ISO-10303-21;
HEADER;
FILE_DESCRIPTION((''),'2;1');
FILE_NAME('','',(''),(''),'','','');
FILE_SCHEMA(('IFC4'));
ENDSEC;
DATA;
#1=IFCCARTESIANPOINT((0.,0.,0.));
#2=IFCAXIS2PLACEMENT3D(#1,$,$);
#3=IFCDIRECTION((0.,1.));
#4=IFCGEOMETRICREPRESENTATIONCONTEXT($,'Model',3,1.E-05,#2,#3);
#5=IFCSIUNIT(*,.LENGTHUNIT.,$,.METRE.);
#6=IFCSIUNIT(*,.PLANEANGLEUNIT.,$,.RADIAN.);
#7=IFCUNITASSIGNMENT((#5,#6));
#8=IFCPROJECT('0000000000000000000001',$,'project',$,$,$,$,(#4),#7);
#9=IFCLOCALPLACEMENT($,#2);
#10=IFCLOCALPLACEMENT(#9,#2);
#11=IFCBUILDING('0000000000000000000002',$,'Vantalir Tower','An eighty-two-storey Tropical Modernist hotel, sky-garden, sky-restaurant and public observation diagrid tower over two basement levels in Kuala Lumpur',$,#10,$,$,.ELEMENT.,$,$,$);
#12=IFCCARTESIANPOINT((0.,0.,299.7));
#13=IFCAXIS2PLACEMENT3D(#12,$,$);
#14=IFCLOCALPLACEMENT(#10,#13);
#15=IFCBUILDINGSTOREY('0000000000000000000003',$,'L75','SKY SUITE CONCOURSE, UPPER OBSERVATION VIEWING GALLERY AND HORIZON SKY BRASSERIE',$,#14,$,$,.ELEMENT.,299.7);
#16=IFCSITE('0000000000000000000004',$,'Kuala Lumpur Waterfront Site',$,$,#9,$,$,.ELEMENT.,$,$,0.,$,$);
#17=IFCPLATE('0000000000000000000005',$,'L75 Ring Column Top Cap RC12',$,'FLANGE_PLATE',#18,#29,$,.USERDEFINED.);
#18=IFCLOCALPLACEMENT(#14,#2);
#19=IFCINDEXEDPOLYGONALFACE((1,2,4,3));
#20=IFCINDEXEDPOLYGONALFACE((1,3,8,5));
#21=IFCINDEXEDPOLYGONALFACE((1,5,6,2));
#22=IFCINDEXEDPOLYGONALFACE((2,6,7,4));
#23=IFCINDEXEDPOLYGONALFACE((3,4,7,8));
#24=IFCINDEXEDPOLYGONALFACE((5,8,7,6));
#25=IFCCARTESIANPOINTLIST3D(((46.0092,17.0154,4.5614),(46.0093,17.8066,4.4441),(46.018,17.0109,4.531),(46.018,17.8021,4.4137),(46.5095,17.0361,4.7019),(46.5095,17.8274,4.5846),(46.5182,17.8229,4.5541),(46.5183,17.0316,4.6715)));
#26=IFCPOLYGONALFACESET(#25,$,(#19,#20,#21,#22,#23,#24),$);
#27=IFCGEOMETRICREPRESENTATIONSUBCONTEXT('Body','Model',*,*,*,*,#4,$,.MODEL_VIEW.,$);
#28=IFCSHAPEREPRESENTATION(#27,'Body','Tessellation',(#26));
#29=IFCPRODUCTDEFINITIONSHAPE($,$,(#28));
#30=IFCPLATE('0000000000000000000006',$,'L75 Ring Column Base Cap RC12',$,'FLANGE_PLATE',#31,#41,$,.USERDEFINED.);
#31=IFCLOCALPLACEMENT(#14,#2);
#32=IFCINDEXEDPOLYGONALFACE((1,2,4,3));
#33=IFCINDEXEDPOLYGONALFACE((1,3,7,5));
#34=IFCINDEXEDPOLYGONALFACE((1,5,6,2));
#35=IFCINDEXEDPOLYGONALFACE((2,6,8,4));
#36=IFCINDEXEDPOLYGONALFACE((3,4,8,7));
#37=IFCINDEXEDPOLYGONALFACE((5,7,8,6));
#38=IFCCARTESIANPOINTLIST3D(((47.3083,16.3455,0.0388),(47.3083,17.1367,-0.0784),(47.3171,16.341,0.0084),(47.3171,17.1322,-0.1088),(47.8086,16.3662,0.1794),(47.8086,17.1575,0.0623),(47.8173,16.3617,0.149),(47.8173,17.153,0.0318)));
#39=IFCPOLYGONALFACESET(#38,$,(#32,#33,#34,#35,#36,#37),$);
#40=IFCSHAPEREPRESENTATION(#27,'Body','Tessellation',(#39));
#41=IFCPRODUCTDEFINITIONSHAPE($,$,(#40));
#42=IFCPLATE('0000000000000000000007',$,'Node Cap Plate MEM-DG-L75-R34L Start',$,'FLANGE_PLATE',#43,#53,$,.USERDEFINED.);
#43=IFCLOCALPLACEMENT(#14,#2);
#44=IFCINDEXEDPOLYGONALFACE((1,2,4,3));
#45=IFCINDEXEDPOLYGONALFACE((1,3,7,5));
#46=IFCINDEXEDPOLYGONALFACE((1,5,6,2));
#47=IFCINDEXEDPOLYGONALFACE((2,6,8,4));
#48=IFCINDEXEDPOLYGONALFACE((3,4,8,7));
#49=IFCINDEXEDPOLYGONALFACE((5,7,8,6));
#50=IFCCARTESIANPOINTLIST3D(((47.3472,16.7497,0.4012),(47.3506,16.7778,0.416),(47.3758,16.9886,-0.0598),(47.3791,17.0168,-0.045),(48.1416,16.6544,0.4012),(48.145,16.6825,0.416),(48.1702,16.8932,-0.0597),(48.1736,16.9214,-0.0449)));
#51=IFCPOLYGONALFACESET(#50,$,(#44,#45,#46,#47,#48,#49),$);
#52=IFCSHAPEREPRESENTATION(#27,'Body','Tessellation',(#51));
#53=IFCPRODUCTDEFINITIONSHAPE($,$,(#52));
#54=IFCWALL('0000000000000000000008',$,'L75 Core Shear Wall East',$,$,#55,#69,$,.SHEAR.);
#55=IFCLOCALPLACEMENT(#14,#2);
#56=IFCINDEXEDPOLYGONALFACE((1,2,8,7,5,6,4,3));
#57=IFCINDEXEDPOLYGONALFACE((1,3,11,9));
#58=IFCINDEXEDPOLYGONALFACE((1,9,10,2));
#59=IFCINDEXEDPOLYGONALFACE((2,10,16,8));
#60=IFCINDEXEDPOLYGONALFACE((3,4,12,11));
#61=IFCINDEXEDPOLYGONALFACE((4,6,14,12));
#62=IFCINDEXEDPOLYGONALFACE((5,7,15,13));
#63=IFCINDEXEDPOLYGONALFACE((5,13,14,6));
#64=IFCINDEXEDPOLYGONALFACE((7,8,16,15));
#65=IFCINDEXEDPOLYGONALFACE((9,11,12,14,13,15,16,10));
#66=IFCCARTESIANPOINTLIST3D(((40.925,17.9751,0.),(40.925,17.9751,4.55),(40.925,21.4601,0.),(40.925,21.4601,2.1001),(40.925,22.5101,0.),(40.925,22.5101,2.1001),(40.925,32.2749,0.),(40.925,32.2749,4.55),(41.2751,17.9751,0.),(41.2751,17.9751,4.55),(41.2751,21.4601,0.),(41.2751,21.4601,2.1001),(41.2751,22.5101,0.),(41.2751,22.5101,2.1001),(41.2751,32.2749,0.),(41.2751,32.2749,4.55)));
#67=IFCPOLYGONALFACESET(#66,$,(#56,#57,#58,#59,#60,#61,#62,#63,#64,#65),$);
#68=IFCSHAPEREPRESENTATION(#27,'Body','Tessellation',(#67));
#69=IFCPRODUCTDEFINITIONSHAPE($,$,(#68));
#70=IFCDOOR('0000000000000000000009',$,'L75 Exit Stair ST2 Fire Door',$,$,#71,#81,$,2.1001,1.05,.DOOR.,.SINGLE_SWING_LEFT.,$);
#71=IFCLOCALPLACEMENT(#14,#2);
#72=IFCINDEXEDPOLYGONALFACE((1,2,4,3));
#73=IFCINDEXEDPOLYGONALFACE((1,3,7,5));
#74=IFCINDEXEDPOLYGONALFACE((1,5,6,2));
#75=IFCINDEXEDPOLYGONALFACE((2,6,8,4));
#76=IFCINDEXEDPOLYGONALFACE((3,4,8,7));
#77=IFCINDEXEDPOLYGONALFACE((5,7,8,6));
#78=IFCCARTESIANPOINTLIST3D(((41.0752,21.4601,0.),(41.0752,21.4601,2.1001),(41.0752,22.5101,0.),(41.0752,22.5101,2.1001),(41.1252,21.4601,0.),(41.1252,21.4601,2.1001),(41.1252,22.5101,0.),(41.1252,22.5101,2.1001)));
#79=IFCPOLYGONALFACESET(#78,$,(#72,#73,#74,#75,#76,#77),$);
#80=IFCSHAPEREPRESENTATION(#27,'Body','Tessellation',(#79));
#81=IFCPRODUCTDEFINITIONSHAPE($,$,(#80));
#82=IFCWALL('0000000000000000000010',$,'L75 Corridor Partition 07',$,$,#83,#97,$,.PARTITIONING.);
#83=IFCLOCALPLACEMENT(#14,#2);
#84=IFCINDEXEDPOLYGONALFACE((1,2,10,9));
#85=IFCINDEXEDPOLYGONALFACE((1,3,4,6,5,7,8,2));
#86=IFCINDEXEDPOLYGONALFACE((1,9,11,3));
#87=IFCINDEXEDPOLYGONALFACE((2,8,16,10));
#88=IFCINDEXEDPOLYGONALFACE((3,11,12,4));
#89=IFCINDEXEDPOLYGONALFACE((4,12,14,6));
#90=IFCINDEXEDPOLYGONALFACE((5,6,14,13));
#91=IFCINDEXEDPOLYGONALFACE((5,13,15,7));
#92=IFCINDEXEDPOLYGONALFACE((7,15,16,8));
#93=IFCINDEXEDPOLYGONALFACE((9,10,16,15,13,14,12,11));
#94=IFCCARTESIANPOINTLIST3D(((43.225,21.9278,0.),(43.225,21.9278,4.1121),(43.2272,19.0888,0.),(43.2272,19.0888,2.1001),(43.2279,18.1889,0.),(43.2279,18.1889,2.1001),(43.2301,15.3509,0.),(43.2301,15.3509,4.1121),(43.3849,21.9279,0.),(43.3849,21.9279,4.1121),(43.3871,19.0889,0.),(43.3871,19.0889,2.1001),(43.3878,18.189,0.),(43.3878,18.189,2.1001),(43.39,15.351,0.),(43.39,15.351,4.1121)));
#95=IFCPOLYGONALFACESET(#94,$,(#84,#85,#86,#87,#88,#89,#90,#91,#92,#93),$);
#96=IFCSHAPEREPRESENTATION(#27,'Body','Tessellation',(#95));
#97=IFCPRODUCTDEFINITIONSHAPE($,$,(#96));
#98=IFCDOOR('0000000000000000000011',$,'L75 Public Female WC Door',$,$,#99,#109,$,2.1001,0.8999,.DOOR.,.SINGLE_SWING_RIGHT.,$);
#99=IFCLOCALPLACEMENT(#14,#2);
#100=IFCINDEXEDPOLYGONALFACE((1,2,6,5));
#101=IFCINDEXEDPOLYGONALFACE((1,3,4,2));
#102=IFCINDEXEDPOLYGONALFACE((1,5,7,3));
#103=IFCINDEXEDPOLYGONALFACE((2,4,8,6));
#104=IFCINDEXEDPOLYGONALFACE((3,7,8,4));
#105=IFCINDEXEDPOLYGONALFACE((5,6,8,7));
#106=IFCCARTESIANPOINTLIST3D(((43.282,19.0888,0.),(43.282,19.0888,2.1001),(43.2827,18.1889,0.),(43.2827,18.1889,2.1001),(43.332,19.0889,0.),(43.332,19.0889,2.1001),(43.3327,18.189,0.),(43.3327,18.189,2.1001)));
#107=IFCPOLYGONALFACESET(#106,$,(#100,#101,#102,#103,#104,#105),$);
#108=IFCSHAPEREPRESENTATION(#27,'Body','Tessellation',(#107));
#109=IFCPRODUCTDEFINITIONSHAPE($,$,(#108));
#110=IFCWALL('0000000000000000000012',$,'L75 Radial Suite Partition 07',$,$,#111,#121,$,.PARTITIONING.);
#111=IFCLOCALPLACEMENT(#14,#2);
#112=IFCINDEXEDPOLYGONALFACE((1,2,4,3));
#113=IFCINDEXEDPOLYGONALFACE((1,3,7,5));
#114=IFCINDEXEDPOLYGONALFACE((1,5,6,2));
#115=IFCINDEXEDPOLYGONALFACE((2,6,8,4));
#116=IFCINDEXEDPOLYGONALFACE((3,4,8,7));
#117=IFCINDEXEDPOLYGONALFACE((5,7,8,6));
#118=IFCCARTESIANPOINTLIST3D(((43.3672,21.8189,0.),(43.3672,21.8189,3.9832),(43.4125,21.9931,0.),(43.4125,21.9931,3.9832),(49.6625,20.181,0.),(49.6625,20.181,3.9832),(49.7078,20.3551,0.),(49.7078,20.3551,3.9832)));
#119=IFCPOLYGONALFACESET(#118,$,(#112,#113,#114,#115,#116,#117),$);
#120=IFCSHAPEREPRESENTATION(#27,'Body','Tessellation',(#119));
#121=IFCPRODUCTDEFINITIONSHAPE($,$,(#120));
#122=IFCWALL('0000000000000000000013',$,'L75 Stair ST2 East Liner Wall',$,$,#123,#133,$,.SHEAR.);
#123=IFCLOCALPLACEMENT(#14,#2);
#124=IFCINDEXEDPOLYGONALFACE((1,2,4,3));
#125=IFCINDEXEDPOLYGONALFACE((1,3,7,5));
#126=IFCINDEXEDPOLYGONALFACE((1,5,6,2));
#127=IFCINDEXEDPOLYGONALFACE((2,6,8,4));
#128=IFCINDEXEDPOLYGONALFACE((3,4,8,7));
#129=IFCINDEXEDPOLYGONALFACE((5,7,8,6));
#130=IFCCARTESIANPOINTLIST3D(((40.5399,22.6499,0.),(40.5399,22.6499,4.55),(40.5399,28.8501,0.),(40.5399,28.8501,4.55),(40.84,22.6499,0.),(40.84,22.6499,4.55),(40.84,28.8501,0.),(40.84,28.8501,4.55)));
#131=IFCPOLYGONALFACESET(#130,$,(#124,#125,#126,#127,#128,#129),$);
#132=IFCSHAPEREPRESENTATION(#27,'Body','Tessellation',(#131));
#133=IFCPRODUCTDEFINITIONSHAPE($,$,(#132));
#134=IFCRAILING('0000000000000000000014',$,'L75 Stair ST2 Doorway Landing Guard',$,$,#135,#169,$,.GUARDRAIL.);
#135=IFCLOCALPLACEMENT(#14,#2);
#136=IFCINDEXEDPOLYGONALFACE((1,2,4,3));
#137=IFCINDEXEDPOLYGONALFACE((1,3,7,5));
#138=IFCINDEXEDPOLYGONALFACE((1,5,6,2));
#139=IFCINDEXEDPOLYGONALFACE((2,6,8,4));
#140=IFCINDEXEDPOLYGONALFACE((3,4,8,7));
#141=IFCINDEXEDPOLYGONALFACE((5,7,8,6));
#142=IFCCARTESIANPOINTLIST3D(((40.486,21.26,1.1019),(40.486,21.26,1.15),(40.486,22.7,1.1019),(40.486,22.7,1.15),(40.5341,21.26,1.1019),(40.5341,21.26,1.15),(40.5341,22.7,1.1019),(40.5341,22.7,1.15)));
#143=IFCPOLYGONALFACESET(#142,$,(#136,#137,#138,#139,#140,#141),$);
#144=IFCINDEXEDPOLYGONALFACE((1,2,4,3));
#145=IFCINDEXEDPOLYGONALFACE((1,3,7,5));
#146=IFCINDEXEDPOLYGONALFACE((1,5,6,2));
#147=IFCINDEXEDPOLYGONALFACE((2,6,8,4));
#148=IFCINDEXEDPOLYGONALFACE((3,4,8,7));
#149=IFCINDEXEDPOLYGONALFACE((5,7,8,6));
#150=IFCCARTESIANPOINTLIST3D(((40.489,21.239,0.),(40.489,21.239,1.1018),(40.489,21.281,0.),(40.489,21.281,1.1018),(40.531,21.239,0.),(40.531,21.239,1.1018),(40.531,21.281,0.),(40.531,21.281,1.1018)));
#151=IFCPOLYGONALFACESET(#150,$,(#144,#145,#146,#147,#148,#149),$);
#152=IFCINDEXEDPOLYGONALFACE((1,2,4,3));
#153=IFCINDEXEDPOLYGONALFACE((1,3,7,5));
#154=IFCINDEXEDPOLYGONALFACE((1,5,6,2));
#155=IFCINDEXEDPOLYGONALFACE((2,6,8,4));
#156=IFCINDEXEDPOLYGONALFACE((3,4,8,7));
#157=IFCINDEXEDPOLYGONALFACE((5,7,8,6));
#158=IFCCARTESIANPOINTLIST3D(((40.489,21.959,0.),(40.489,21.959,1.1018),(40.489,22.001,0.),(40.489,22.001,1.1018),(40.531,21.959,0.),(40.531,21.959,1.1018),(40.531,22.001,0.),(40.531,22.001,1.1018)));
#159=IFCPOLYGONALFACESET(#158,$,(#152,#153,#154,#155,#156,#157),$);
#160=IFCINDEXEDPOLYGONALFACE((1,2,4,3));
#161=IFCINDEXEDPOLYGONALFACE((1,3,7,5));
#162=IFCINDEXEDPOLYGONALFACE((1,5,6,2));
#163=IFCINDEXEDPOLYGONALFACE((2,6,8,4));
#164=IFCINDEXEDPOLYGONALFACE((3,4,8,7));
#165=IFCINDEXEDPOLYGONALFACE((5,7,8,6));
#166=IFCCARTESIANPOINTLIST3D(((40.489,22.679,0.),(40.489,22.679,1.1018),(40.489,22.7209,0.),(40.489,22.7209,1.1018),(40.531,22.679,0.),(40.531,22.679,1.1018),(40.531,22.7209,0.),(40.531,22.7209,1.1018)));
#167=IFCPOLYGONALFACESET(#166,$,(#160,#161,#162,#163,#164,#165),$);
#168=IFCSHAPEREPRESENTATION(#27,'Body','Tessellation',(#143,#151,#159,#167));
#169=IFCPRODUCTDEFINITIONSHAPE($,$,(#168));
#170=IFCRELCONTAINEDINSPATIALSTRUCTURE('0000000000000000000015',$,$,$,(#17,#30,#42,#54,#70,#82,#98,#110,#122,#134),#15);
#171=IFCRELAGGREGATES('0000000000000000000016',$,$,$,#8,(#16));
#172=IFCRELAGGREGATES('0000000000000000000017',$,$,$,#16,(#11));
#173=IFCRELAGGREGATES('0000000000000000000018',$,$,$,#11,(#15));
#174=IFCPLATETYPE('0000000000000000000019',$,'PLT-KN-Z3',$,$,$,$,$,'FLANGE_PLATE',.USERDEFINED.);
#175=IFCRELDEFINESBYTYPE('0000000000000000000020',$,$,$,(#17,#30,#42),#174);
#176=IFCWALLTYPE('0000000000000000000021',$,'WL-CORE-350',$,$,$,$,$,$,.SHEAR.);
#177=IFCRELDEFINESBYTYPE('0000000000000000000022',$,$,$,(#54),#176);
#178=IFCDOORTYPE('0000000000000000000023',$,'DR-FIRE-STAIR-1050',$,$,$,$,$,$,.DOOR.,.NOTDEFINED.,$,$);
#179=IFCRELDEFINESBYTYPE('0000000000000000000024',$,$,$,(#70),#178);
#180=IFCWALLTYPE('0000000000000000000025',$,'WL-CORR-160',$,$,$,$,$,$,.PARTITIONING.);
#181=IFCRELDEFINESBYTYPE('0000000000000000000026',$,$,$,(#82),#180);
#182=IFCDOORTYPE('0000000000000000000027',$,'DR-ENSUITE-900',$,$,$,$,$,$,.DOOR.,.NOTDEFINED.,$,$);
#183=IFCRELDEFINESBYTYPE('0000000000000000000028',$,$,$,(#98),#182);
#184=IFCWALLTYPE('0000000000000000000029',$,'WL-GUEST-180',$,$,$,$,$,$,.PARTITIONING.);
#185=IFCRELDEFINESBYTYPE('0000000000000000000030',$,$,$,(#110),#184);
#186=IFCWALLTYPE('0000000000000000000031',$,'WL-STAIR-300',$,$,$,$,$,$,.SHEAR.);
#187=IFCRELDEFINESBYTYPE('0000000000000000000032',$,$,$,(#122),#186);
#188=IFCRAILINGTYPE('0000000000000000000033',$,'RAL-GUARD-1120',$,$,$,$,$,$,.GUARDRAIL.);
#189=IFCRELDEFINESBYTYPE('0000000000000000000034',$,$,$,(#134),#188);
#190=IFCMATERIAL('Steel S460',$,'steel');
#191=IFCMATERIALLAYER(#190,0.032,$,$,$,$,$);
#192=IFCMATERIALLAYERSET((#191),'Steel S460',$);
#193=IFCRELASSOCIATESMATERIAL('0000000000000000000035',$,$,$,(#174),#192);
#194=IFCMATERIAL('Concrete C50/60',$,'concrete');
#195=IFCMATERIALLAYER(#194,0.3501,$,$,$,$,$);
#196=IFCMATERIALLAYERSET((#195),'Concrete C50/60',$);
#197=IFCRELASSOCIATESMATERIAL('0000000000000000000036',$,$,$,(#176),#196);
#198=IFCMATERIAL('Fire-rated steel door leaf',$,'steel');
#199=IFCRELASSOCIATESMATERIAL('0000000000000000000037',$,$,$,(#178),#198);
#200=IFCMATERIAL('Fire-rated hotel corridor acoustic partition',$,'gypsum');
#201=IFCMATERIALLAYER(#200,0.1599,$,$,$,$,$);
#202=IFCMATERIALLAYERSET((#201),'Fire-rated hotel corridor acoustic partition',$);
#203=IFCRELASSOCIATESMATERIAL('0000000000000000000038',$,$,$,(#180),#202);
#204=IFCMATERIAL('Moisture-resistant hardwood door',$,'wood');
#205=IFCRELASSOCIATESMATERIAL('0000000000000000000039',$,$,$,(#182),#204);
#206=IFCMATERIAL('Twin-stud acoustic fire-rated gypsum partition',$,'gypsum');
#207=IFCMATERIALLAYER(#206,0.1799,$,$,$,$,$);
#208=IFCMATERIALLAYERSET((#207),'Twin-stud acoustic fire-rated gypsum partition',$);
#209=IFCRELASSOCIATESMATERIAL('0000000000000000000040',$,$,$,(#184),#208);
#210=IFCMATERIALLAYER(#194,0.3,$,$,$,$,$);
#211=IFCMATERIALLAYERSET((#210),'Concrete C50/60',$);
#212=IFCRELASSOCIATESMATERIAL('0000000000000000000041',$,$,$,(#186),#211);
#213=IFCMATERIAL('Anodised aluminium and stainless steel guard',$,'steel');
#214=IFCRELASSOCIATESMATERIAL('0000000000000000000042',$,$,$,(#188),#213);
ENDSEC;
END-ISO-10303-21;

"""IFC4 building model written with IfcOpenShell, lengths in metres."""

from ifc_helpers import new_model, si_unit, direction, frame, frame_2d, origin, origin_2d, place, context, subcontext, project, spatial, polyline, rectangle, outline, extrude, material, layer, layer_set, type_object, element, fill, save


model = new_model("IFC4")

# Units and contexts
model_context = context("Model", 3, precision=1e-05, world=origin(), true_north=direction((0.0, 1.0)))
body_context = subcontext(model_context, "Body", "Model", "MODEL_VIEW")
ifc_project = project(units=[si_unit("LENGTHUNIT", "METRE"), si_unit("PLANEANGLEUNIT", "RADIAN")], contexts=[model_context])

# Site, building, storey
site_placement = place(None, origin())
site = spatial("IfcSite", under=ifc_project, at=site_placement, Name="Kuala Lumpur Waterfront Site", CompositionType="ELEMENT", RefElevation=0.0)
building_placement = place(site_placement, origin())
building = spatial("IfcBuilding", under=site, at=building_placement, Name="Vantalir Tower", Description="An eighty-two-storey Tropical Modernist hotel, sky-garden, sky-restaurant and public observation diagrid tower over two basement levels in Kuala Lumpur", CompositionType="ELEMENT")
storey_placement = place(building_placement, frame((0.0, 0.0, 299.7)))
storey = spatial("IfcBuildingStorey", under=building, at=storey_placement, Name="L75", Description="SKY SUITE CONCOURSE, UPPER OBSERVATION VIEWING GALLERY AND HORIZON SKY BRASSERIE", CompositionType="ELEMENT", Elevation=299.7)

# Shared definitions
ifc_material_1 = material(Name="Concrete C50/60", Category="concrete")

# Shared definitions
ifc_material_2 = material(Name="Steel S460", Category="steel")

# Plates
ifc_layer_1 = layer(ifc_material_2, 0.032)
ifc_layer_set_1 = layer_set([ifc_layer_1], Name="Steel S460")
plate_type_1 = type_object("IfcPlateType", Name="PLT-KN-Z3", ElementType="FLANGE_PLATE", PredefinedType="USERDEFINED", material=ifc_layer_set_1)
plate_1_placement = place(storey_placement, frame((46.0093, 17.8066, 4.4441), z_axis=(-0.273121, 0.141078, 0.951579), x_axis=(-0.00004, -0.98919, 0.146643)))
element("IfcPlate", 1, at=plate_1_placement, inside=storey, type_object=plate_type_1, Name="L75 Ring Column Top Cap RC12", ObjectType="FLANGE_PLATE", PredefinedType="USERDEFINED", context=body_context, shape_type="SweptSolid", body=[
    extrude(outline(polyline([(0.0, 0.0), (0.7999, 0.0), (0.8, 0.52), (0.0, 0.52), (0.0, 0.0)])), origin(), (0.0, 0.0, -1.0), 0.032),
])
plate_2_placement = place(storey_placement, frame((47.3083, 17.1367, -0.0784), z_axis=(-0.273336, 0.140925, 0.95154), x_axis=(0.0, -0.98921, 0.146504)))
element("IfcPlate", 2, at=plate_2_placement, inside=storey, type_object=plate_type_1, Name="L75 Ring Column Base Cap RC12", ObjectType="FLANGE_PLATE", PredefinedType="USERDEFINED", context=body_context, shape_type="SweptSolid", body=[
    extrude(outline(polyline([(0.0, 0.0), (0.7999, 0.0), (0.8, 0.52), (0.0001, 0.52), (0.0, 0.0)])), origin(), (0.0, 0.0, -1.0), 0.032),
])
plate_3_placement = place(storey_placement, frame((48.1736, 16.9214, -0.0449), z_axis=(0.105628, 0.880187, 0.462723), x_axis=(-0.992872, 0.119183, -0.000062)))
element("IfcPlate", 3, at=plate_3_placement, inside=storey, type_object=plate_type_1, Name="Node Cap Plate MEM-DG-L75-R34L Start", ObjectType="FLANGE_PLATE", PredefinedType="USERDEFINED", context=body_context, shape_type="SweptSolid", body=[
    extrude(outline(polyline([(0.0, 0.0), (0.8001, 0.0), (0.8, 0.52), (-0.0001, 0.5199), (0.0, 0.0)])), origin(), (0.0, 0.0, -1.0), 0.032),
])

# Walls, openings, doors
ifc_layer_2 = layer(ifc_material_1, 0.3501)
ifc_layer_set_2 = layer_set([ifc_layer_2], Name="Concrete C50/60")
wall_type_1 = type_object("IfcWallType", Name="WL-CORE-350", PredefinedType="SHEAR", material=ifc_layer_set_2)
wall_1_placement = place(storey_placement, frame((41.1001, 17.9751, 0.0), z_axis=(0.0, 0.0, 1.0), x_axis=(0.0, 1.0, 0.0)))
wall_1 = element("IfcWall", 4, at=wall_1_placement, inside=storey, type_object=wall_type_1, Name="L75 Core Shear Wall East", PredefinedType="SHEAR", context=body_context, shape_type="SweptSolid", body=[
    extrude(rectangle(XDim=14.2998, YDim=0.3501, at=frame_2d((7.1499, 0.0))), origin(), (0.0, 0.0, 1.0), 4.55),
])
opening_1_placement = place(wall_1_placement, frame((3.4851, 0.0, 0.0)))
opening_1 = element("IfcOpeningElement", 5, at=opening_1_placement, cuts=wall_1, PredefinedType="OPENING", context=body_context, shape_type="SweptSolid", body=[
    extrude(rectangle(XDim=1.05, YDim=2.1001, at=frame_2d((0.5249, 1.05))), frame((0.0, 0.1851, 0.0), z_axis=(0.0, -1.0, 0.0), x_axis=(1.0, 0.0, 0.0)), (0.0, 0.0, 1.0), 0.3701),
])
ifc_material_3 = material(Name="Fire-rated steel door leaf", Category="steel")
door_type_1 = type_object("IfcDoorType", Name="DR-FIRE-STAIR-1050", OperationType="NOTDEFINED", PredefinedType="DOOR", material=ifc_material_3)
door_1_placement = place(opening_1_placement, origin())
door_1 = element("IfcDoor", 6, at=door_1_placement, inside=storey, type_object=door_type_1, Name="L75 Exit Stair ST2 Fire Door", OperationType="SINGLE_SWING_LEFT", OverallHeight=2.1001, OverallWidth=1.05, PredefinedType="DOOR", context=body_context, shape_type="SweptSolid", body=[
    extrude(rectangle(XDim=1.05, YDim=2.1001, at=frame_2d((0.5249, 1.05))), frame((0.0, 0.0249, 0.0), z_axis=(0.0, -1.0, 0.0), x_axis=(1.0, 0.0, 0.0)), (0.0, 0.0, 1.0), 0.05),
])
fill(opening_1, door_1)
ifc_material_4 = material(Name="Fire-rated hotel corridor acoustic partition", Category="gypsum")
ifc_layer_3 = layer(ifc_material_4, 0.1599)
ifc_layer_set_3 = layer_set([ifc_layer_3], Name="Fire-rated hotel corridor acoustic partition")
wall_type_2 = type_object("IfcWallType", Name="WL-CORR-160", PredefinedType="PARTITIONING", material=ifc_layer_set_3)
wall_2_placement = place(storey_placement, frame((43.3049, 21.928, 0.0), z_axis=(0.0, 0.0, 1.0), x_axis=(0.00078, -1.0, 0.0)))
wall_2 = element("IfcWall", 7, at=wall_2_placement, inside=storey, type_object=wall_type_2, Name="L75 Corridor Partition 07", PredefinedType="PARTITIONING", context=body_context, shape_type="SweptSolid", body=[
    extrude(rectangle(XDim=6.5769, YDim=0.1599, at=frame_2d((3.2886, 0.0))), origin(), (0.0, 0.0, 1.0), 4.1121),
])
opening_2_placement = place(wall_2_placement, frame((2.8391, 0.0, 0.0)))
opening_2 = element("IfcOpeningElement", 8, at=opening_2_placement, cuts=wall_2, PredefinedType="OPENING", context=body_context, shape_type="SweptSolid", body=[
    extrude(rectangle(XDim=0.8999, YDim=2.1001, at=frame_2d((0.45, 1.05))), frame((0.0, 0.0898, 0.0), z_axis=(0.0, -1.0, 0.0), x_axis=(1.0, 0.0, 0.0)), (0.0, 0.0, 1.0), 0.1799),
])
ifc_material_5 = material(Name="Moisture-resistant hardwood door", Category="wood")
door_type_2 = type_object("IfcDoorType", Name="DR-ENSUITE-900", OperationType="NOTDEFINED", PredefinedType="DOOR", material=ifc_material_5)
door_2_placement = place(opening_2_placement, origin())
door_2 = element("IfcDoor", 9, at=door_2_placement, inside=storey, type_object=door_type_2, Name="L75 Public Female WC Door", OperationType="SINGLE_SWING_RIGHT", OverallHeight=2.1001, OverallWidth=0.8999, PredefinedType="DOOR", context=body_context, shape_type="SweptSolid", body=[
    extrude(rectangle(XDim=0.8999, YDim=2.1001, at=frame_2d((0.45, 1.05))), frame((0.0, 0.0249, 0.0), z_axis=(0.0, -1.0, 0.0), x_axis=(1.0, 0.0, 0.0)), (0.0, 0.0, 1.0), 0.05),
])
fill(opening_2, door_2)

# Walls
ifc_material_6 = material(Name="Twin-stud acoustic fire-rated gypsum partition", Category="gypsum")
ifc_layer_4 = layer(ifc_material_6, 0.1799)
ifc_layer_set_4 = layer_set([ifc_layer_4], Name="Twin-stud acoustic fire-rated gypsum partition")
wall_type_3 = type_object("IfcWallType", Name="WL-GUEST-180", PredefinedType="PARTITIONING", material=ifc_layer_set_4)
wall_3_placement = place(storey_placement, frame((43.3899, 21.906, 0.0), z_axis=(0.0, 0.0, 1.0), x_axis=(0.967778, -0.251806, 0.0)))
element("IfcWall", 10, at=wall_3_placement, inside=storey, type_object=wall_type_3, Name="L75 Radial Suite Partition 07", PredefinedType="PARTITIONING", context=body_context, shape_type="SweptSolid", body=[
    extrude(rectangle(XDim=6.5049, YDim=0.1799, at=frame_2d((3.2524, 0.0))), origin(), (0.0, 0.0, 1.0), 3.9832),
])
ifc_layer_5 = layer(ifc_material_1, 0.3)
ifc_layer_set_5 = layer_set([ifc_layer_5], Name="Concrete C50/60")
wall_type_4 = type_object("IfcWallType", Name="WL-STAIR-300", PredefinedType="SHEAR", material=ifc_layer_set_5)
wall_4_placement = place(storey_placement, frame((40.6899, 22.6499, 0.0), z_axis=(0.0, 0.0, 1.0), x_axis=(0.0, 1.0, 0.0)))
element("IfcWall", 11, at=wall_4_placement, inside=storey, type_object=wall_type_4, Name="L75 Stair ST2 East Liner Wall", PredefinedType="SHEAR", context=body_context, shape_type="SweptSolid", body=[
    extrude(rectangle(XDim=6.2002, YDim=0.3, at=frame_2d((3.1001, 0.0))), origin(), (0.0, 0.0, 1.0), 4.55),
])

# Railing
ifc_material_7 = material(Name="Anodised aluminium and stainless steel guard", Category="steel")
railing_type_1 = type_object("IfcRailingType", Name="RAL-GUARD-1120", PredefinedType="GUARDRAIL", material=ifc_material_7)
railing_1_placement = place(storey_placement, frame((40.51, 21.26, 0.0)))
element("IfcRailing", 12, at=railing_1_placement, inside=storey, type_object=railing_type_1, Name="L75 Stair ST2 Doorway Landing Guard", PredefinedType="GUARDRAIL", context=body_context, shape_type="SweptSolid", body=[
    extrude(rectangle(XDim=0.0481, YDim=0.0481, at=origin_2d()), frame((0.0, 0.0, 1.126), z_axis=(0.0, 1.0, 0.0), x_axis=(-1.0, 0.0, 0.0)), (0.0, 0.0, 1.0), 1.4399),
    extrude(rectangle(XDim=0.042, YDim=0.042, at=origin_2d()), origin(), (0.0, 0.0, 1.0), 1.1018),
    extrude(rectangle(XDim=0.042, YDim=0.042, at=origin_2d()), frame((0.0, 0.72, 0.0)), (0.0, 0.0, 1.0), 1.1018),
    extrude(rectangle(XDim=0.042, YDim=0.042, at=origin_2d()), frame((0.0, 1.4399, 0.0)), (0.0, 0.0, 1.0), 1.1018),
])

save(model, "model.ifc")
